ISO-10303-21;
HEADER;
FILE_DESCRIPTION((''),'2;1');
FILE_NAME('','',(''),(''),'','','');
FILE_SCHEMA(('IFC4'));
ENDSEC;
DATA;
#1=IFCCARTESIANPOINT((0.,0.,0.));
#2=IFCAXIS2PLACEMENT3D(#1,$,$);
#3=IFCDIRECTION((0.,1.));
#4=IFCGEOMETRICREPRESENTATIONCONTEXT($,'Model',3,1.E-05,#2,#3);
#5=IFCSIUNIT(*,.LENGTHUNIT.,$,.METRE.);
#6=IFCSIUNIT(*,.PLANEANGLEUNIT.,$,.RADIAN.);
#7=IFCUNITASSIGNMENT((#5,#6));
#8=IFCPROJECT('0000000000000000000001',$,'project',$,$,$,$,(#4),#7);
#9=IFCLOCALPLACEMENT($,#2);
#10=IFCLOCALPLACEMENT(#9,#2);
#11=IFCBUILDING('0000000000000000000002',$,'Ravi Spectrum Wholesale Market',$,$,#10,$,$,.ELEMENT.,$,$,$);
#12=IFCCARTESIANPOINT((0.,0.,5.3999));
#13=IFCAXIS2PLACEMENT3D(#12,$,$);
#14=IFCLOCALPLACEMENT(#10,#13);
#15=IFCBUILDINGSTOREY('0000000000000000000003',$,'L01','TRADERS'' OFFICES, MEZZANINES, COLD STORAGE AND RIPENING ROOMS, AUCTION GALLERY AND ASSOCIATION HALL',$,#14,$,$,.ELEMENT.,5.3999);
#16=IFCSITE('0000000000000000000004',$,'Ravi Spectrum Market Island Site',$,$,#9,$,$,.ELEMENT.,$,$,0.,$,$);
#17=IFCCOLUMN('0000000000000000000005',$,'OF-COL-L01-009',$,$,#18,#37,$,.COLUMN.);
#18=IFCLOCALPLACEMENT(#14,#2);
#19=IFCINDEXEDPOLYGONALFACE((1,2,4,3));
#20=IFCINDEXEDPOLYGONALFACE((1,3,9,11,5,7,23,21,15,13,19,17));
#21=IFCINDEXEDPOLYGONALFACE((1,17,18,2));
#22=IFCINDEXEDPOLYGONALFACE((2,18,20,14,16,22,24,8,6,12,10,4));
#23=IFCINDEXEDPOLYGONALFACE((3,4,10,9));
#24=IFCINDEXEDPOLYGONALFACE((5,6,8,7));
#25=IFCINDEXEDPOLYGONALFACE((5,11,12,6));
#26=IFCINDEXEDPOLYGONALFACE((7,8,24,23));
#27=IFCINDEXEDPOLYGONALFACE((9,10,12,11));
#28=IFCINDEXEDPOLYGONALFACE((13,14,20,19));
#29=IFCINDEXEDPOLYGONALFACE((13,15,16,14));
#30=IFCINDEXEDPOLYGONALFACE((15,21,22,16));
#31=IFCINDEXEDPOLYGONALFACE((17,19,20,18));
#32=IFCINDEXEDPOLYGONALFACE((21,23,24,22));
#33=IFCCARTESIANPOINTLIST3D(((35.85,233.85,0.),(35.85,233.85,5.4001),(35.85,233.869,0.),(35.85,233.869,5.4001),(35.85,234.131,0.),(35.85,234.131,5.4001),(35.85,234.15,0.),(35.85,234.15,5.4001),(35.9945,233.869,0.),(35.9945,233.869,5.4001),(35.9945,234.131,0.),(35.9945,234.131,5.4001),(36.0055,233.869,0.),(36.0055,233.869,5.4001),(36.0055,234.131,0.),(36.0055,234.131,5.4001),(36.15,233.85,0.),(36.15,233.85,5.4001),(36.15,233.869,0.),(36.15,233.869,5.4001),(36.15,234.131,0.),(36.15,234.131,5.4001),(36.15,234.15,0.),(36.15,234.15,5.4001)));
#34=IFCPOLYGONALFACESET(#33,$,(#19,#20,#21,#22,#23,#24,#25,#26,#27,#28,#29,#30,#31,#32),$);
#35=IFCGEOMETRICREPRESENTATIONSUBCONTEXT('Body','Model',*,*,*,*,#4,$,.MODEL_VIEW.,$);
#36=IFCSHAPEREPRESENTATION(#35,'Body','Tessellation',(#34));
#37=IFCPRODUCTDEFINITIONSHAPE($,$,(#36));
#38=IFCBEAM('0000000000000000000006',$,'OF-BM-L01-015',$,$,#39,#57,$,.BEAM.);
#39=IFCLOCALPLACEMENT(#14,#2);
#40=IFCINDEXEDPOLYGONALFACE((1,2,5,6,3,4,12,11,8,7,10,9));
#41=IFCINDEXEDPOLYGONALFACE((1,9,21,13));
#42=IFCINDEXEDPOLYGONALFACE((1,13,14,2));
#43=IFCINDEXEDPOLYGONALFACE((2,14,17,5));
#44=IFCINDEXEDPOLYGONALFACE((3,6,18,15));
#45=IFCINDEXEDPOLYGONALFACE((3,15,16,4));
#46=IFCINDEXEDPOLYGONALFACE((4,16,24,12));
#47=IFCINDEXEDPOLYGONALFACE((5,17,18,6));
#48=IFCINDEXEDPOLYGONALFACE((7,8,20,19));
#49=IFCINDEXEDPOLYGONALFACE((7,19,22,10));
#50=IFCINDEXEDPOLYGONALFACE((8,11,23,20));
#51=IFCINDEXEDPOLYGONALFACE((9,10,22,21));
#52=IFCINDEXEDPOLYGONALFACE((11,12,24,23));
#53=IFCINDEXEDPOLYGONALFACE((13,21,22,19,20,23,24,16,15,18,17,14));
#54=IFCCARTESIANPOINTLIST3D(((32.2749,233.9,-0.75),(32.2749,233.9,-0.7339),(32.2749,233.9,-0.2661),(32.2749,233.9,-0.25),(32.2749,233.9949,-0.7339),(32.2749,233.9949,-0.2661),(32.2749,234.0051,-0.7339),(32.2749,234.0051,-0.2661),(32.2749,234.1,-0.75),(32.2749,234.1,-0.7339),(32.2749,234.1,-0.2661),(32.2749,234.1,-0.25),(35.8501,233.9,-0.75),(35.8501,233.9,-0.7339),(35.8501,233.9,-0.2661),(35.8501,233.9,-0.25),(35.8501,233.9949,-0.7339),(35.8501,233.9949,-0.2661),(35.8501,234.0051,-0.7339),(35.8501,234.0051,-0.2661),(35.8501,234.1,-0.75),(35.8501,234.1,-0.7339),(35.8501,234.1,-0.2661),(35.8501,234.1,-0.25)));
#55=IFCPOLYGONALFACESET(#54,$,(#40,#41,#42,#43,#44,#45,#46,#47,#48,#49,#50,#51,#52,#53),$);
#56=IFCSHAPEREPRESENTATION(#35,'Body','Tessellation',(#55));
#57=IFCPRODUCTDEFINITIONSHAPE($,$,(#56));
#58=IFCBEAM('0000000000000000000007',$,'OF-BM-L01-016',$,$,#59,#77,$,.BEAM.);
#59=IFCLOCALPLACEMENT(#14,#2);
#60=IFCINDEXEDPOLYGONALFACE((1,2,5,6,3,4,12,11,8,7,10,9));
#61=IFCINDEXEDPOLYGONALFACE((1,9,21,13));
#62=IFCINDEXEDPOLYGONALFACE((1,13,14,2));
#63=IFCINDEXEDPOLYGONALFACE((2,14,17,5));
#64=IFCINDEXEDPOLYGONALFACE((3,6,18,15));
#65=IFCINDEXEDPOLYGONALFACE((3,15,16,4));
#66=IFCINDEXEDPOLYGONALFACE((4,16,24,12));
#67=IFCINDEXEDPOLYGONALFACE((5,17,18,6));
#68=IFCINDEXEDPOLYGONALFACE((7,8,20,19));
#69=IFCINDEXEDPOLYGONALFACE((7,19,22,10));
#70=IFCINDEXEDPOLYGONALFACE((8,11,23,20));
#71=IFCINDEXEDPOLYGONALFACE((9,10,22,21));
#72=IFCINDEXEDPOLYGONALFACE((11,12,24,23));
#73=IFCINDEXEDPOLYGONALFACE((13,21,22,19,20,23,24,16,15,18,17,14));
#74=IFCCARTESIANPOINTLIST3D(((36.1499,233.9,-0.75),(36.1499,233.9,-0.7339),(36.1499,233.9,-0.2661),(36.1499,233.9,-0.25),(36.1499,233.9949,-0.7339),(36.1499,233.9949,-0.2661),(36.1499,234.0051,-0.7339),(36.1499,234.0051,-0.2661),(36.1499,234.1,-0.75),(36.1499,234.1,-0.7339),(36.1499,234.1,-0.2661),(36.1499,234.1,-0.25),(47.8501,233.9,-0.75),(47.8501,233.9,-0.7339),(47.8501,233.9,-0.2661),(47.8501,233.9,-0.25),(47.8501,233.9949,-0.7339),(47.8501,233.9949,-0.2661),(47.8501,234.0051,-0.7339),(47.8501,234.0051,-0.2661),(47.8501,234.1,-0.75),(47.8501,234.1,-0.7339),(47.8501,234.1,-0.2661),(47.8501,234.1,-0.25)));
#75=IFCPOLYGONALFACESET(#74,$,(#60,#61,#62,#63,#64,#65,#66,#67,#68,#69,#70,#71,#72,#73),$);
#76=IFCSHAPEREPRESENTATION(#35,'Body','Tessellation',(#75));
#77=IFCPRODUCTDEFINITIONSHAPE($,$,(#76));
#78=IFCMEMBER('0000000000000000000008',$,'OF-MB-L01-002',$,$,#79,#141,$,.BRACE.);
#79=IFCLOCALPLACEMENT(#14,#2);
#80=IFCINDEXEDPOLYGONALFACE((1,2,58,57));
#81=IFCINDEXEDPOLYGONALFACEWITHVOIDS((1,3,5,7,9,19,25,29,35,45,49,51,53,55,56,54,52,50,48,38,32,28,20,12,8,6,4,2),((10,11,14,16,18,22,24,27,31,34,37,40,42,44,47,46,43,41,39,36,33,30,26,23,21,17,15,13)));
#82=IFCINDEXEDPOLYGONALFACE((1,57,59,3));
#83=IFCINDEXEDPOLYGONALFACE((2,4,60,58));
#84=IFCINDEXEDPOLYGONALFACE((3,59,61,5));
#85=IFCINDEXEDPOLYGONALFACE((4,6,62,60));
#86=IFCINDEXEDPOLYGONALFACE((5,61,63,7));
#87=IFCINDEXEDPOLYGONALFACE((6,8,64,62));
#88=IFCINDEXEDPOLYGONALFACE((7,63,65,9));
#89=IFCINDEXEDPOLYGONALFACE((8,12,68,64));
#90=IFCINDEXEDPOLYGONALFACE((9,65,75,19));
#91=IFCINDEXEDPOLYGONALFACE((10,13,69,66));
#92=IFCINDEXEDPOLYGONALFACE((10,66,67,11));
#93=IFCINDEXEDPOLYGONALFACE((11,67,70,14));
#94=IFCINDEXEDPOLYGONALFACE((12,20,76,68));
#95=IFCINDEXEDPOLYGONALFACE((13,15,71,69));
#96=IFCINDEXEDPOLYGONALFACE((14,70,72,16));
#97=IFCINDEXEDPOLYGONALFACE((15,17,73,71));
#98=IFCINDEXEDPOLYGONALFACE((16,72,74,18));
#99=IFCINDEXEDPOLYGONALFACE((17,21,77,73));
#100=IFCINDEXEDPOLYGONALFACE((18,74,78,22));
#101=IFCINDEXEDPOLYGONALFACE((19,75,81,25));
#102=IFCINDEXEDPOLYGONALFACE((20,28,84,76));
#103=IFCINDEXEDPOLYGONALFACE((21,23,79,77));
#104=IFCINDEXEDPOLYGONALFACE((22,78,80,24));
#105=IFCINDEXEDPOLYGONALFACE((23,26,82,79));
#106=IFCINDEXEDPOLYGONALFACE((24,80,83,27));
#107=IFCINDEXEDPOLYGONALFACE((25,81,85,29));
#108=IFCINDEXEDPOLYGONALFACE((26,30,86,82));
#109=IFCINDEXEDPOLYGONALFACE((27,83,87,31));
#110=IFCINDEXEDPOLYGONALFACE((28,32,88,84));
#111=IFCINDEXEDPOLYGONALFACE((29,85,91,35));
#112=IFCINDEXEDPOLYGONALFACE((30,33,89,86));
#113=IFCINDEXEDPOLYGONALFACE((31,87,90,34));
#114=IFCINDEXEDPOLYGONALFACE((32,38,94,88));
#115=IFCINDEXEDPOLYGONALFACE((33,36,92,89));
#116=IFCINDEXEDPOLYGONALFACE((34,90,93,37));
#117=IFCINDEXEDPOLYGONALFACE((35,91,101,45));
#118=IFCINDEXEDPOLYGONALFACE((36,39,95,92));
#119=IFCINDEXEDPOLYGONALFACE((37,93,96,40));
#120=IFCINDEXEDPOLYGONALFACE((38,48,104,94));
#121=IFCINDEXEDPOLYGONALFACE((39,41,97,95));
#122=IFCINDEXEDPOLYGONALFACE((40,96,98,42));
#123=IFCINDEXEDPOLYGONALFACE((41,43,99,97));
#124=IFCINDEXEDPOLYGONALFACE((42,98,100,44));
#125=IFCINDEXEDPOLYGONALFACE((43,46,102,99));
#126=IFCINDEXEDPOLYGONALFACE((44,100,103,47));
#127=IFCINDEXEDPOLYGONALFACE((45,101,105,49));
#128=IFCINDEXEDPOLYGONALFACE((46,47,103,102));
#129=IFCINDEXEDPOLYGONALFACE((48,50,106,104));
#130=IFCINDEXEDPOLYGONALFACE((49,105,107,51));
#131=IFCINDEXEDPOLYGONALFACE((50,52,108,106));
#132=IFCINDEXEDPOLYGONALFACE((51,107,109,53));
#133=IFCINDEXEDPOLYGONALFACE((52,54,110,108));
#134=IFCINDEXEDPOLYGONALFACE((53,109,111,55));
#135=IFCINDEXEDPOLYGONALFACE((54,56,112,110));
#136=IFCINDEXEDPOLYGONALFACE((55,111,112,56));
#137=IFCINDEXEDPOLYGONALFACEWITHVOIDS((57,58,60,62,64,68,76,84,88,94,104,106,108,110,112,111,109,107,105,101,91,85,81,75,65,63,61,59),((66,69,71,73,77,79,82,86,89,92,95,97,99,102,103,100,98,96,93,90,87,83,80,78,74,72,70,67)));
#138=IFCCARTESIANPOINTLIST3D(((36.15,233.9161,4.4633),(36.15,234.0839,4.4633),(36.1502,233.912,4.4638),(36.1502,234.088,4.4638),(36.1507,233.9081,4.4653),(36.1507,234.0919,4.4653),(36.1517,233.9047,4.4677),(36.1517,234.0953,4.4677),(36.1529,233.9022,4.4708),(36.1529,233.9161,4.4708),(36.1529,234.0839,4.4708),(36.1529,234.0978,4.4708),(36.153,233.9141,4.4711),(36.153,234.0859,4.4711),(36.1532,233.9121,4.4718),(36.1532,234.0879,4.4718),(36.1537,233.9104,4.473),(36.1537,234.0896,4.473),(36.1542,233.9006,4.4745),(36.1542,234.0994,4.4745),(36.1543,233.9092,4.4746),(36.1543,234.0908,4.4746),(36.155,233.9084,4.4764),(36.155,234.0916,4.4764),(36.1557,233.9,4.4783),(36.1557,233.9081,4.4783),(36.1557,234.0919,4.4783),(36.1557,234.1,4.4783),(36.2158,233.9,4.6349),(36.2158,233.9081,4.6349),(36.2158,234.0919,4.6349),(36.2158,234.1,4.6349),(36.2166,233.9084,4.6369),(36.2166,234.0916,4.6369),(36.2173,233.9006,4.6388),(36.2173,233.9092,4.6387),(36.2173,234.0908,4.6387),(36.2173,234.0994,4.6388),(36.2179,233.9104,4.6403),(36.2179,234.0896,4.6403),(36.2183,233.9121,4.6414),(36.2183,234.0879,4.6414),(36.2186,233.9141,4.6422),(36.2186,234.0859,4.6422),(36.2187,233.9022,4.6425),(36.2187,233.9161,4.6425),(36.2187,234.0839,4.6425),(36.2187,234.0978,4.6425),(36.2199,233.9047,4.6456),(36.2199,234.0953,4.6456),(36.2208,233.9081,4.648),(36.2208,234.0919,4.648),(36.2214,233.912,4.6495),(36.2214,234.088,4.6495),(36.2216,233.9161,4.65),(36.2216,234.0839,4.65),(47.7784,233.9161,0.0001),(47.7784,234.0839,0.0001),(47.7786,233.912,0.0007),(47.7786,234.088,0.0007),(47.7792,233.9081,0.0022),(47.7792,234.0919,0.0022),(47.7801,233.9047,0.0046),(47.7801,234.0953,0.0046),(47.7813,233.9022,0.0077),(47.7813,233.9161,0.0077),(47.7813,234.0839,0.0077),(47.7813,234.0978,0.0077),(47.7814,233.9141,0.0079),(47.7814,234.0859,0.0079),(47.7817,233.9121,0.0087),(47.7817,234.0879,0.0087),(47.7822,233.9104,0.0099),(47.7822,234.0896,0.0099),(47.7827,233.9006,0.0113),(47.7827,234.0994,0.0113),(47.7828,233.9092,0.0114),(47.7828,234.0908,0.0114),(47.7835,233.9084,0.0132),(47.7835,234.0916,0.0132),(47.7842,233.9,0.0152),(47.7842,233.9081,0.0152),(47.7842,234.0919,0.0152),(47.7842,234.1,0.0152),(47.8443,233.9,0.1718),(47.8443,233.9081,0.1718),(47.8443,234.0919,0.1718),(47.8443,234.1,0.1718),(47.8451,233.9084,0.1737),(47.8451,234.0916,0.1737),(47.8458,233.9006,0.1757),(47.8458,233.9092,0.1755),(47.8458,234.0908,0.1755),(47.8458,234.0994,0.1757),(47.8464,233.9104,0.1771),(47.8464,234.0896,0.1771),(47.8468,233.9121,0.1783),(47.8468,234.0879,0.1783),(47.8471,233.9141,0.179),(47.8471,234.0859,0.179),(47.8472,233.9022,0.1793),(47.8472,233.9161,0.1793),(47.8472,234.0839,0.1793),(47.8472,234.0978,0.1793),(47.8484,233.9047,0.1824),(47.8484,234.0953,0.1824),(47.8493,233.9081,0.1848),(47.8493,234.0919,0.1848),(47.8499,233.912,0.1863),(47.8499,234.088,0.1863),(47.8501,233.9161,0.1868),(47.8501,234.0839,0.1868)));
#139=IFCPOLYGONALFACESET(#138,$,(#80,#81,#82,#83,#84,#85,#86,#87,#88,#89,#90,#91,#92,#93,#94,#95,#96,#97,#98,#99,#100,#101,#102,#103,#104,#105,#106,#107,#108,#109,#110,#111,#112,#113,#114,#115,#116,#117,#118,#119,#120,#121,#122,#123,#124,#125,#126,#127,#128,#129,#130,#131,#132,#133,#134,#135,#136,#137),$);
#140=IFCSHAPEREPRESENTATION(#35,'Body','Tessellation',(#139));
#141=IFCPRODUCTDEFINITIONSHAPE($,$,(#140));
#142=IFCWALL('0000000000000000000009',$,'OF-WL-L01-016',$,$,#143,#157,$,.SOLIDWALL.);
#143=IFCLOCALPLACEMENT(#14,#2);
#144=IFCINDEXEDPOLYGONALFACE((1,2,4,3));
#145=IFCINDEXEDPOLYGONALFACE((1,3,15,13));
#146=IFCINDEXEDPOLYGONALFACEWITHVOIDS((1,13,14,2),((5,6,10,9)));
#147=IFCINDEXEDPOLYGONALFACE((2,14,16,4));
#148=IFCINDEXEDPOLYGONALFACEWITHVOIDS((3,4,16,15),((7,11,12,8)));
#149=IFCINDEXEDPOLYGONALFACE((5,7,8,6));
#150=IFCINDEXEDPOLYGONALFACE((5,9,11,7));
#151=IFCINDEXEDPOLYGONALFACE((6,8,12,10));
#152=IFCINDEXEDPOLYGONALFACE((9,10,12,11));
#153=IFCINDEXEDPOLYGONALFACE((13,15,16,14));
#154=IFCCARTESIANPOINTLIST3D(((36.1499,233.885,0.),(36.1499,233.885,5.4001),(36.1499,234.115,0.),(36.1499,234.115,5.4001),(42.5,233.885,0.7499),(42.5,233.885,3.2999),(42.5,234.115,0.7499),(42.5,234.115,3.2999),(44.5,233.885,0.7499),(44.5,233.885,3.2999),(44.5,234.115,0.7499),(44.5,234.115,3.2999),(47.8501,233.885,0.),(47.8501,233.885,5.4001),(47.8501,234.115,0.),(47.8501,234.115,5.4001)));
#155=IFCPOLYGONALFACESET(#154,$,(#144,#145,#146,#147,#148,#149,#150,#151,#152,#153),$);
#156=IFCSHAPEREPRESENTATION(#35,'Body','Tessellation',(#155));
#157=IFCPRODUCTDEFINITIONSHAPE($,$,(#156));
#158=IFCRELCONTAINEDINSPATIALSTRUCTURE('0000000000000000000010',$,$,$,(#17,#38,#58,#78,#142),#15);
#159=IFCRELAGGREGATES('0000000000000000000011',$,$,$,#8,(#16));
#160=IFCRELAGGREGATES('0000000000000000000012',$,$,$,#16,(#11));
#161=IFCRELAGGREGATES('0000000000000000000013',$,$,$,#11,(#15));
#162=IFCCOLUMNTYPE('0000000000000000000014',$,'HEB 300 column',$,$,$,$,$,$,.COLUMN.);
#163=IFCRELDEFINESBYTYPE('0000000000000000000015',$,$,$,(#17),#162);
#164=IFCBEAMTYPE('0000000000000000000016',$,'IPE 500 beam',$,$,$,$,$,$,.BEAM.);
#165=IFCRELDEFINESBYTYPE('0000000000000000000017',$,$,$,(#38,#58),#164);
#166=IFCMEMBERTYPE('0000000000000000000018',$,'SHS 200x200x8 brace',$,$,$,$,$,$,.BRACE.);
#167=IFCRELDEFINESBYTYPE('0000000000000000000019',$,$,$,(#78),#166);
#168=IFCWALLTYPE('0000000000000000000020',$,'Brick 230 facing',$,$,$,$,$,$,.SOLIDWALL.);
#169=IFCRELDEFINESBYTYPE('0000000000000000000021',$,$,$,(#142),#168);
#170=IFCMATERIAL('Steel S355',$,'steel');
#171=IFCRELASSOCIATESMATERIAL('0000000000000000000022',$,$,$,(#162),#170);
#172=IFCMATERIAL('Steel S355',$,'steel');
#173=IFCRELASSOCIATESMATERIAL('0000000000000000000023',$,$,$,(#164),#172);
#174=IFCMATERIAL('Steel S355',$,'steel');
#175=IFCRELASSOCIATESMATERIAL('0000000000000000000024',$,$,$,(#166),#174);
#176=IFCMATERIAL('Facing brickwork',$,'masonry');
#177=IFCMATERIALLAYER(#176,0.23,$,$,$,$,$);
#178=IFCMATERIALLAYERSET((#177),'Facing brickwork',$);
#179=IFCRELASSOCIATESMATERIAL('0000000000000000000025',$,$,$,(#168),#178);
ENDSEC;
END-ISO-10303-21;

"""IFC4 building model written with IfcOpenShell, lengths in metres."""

from ifc_helpers import new_model, si_unit, direction, frame, frame_2d, origin, origin_2d, place, context, subcontext, project, spatial, rectangle, hollow_rectangle, i_section, extrude, material, layer, layer_set, material_profile, profile_set, type_object, element, save


model = new_model("IFC4")

# Units and contexts
model_context = context("Model", 3, precision=1e-05, world=origin(), true_north=direction((0.0, 1.0)))
body_context = subcontext(model_context, "Body", "Model", "MODEL_VIEW")
ifc_project = project(units=[si_unit("LENGTHUNIT", "METRE"), si_unit("PLANEANGLEUNIT", "RADIAN")], contexts=[model_context])

# Site, building, storey
site_placement = place(None, origin())
site = spatial("IfcSite", under=ifc_project, at=site_placement, Name="Ravi Spectrum Market Island Site", CompositionType="ELEMENT", RefElevation=0.0)
building_placement = place(site_placement, origin())
building = spatial("IfcBuilding", under=site, at=building_placement, Name="Ravi Spectrum Wholesale Market", CompositionType="ELEMENT")
storey_placement = place(building_placement, frame((0.0, 0.0, 5.3999)))
storey = spatial("IfcBuildingStorey", under=building, at=storey_placement, Name="L01", Description="TRADERS' OFFICES, MEZZANINES, COLD STORAGE AND RIPENING ROOMS, AUCTION GALLERY AND ASSOCIATION HALL", CompositionType="ELEMENT", Elevation=5.3999)

# Column
ifc_material_1 = material(Name="Steel S355", Category="steel")
ifc_material_profile_1 = material_profile(ifc_material_1, i_section(OverallWidth=0.3, OverallDepth=0.3, WebThickness=0.011, FlangeThickness=0.019, at=origin_2d()))
ifc_profile_set_1 = profile_set([ifc_material_profile_1], Name="Steel S355")
column_type = type_object("IfcColumnType", Name="HEB 300 column", PredefinedType="COLUMN", material=ifc_profile_set_1)
column_placement = place(storey_placement, frame((36.0, 234.0, 0.0), z_axis=(0.0, 0.0, 1.0), x_axis=(1.0, 0.0, 0.0)))
element("IfcColumn", 1, at=column_placement, inside=storey, type_object=column_type, Name="OF-COL-L01-009", PredefinedType="COLUMN", context=body_context, shape_type="SweptSolid", body=[
    extrude(i_section(OverallWidth=0.3, OverallDepth=0.3, WebThickness=0.011, FlangeThickness=0.019, at=origin_2d()), origin(), (0.0, 0.0, 1.0), 5.4001),
])

# Beams
ifc_material_2 = material(Name="Steel S355", Category="steel")
ifc_material_profile_2 = material_profile(ifc_material_2, i_section(OverallWidth=0.2, OverallDepth=0.5, WebThickness=0.0103, FlangeThickness=0.0161, at=origin_2d()))
ifc_profile_set_2 = profile_set([ifc_material_profile_2], Name="Steel S355")
beam_type = type_object("IfcBeamType", Name="IPE 500 beam", PredefinedType="BEAM", material=ifc_profile_set_2)
beam_1_placement = place(storey_placement, frame((32.2749, 234.0, -0.5), z_axis=(1.0, 0.0, 0.0), x_axis=(0.0, 1.0, 0.0)))
element("IfcBeam", 2, at=beam_1_placement, inside=storey, type_object=beam_type, Name="OF-BM-L01-015", PredefinedType="BEAM", context=body_context, shape_type="SweptSolid", body=[
    extrude(i_section(OverallWidth=0.2, OverallDepth=0.5, WebThickness=0.0103, FlangeThickness=0.0161, at=origin_2d()), origin(), (0.0, 0.0, 1.0), 3.5752),
])
beam_2_placement = place(storey_placement, frame((36.1499, 234.0, -0.5), z_axis=(1.0, 0.0, 0.0), x_axis=(0.0, 1.0, 0.0)))
element("IfcBeam", 3, at=beam_2_placement, inside=storey, type_object=beam_type, Name="OF-BM-L01-016", PredefinedType="BEAM", context=body_context, shape_type="SweptSolid", body=[
    extrude(i_section(OverallWidth=0.2, OverallDepth=0.5, WebThickness=0.0103, FlangeThickness=0.0161, at=origin_2d()), origin(), (0.0, 0.0, 1.0), 11.7002),
])

# Member
ifc_material_3 = material(Name="Steel S355", Category="steel")
ifc_material_profile_3 = material_profile(ifc_material_3, hollow_rectangle(XDim=0.2, YDim=0.2, WallThickness=0.0081, InnerFilletRadius=0.0081, OuterFilletRadius=0.0161, at=origin_2d()))
ifc_profile_set_3 = profile_set([ifc_material_profile_3], Name="Steel S355")
member_type = type_object("IfcMemberType", Name="SHS 200x200x8 brace", PredefinedType="BRACE", material=ifc_profile_set_3)
member_placement = place(storey_placement, frame((36.1858, 234.0, 4.5566), z_axis=(0.933596, 0.0, -0.358326), x_axis=(0.0, 1.0, 0.0)))
element("IfcMember", 4, at=member_placement, inside=storey, type_object=member_type, Name="OF-MB-L01-002", PredefinedType="BRACE", context=body_context, shape_type="SweptSolid", body=[
    extrude(hollow_rectangle(XDim=0.2, YDim=0.2, WallThickness=0.0081, InnerFilletRadius=0.0081, OuterFilletRadius=0.0161, at=origin_2d()), origin(), (0.0, 0.0, 1.0), 12.4556),
])

# Wall, opening
ifc_material_4 = material(Name="Facing brickwork", Category="masonry")
ifc_layer_1 = layer(ifc_material_4, 0.23)
ifc_layer_set_1 = layer_set([ifc_layer_1], Name="Facing brickwork")
wall_type_1 = type_object("IfcWallType", Name="Brick 230 facing", PredefinedType="SOLIDWALL", material=ifc_layer_set_1)
wall_1_placement = place(storey_placement, frame((36.1499, 234.0, 0.0), z_axis=(0.0, 0.0, 1.0), x_axis=(1.0, 0.0, 0.0)))
wall_1 = element("IfcWall", 5, at=wall_1_placement, inside=storey, type_object=wall_type_1, Name="OF-WL-L01-016", PredefinedType="SOLIDWALL", context=body_context, shape_type="SweptSolid", body=[
    extrude(rectangle(XDim=11.7002, YDim=0.23, at=frame_2d((5.8501, 0.0))), origin(), (0.0, 0.0, 1.0), 5.4001),
])
opening_1_placement = place(wall_1_placement, frame((6.3501, 0.0, 0.75)))
element("IfcOpeningElement", 6, at=opening_1_placement, cuts=wall_1, PredefinedType="OPENING", context=body_context, shape_type="SweptSolid", body=[
    extrude(rectangle(XDim=2.0, YDim=2.55, at=frame_2d((1.0, 1.2749))), frame((0.0, 0.125, 0.0), z_axis=(0.0, -1.0, 0.0), x_axis=(1.0, 0.0, 0.0)), (0.0, 0.0, 1.0), 0.25),
])

save(model, "model.ifc")
